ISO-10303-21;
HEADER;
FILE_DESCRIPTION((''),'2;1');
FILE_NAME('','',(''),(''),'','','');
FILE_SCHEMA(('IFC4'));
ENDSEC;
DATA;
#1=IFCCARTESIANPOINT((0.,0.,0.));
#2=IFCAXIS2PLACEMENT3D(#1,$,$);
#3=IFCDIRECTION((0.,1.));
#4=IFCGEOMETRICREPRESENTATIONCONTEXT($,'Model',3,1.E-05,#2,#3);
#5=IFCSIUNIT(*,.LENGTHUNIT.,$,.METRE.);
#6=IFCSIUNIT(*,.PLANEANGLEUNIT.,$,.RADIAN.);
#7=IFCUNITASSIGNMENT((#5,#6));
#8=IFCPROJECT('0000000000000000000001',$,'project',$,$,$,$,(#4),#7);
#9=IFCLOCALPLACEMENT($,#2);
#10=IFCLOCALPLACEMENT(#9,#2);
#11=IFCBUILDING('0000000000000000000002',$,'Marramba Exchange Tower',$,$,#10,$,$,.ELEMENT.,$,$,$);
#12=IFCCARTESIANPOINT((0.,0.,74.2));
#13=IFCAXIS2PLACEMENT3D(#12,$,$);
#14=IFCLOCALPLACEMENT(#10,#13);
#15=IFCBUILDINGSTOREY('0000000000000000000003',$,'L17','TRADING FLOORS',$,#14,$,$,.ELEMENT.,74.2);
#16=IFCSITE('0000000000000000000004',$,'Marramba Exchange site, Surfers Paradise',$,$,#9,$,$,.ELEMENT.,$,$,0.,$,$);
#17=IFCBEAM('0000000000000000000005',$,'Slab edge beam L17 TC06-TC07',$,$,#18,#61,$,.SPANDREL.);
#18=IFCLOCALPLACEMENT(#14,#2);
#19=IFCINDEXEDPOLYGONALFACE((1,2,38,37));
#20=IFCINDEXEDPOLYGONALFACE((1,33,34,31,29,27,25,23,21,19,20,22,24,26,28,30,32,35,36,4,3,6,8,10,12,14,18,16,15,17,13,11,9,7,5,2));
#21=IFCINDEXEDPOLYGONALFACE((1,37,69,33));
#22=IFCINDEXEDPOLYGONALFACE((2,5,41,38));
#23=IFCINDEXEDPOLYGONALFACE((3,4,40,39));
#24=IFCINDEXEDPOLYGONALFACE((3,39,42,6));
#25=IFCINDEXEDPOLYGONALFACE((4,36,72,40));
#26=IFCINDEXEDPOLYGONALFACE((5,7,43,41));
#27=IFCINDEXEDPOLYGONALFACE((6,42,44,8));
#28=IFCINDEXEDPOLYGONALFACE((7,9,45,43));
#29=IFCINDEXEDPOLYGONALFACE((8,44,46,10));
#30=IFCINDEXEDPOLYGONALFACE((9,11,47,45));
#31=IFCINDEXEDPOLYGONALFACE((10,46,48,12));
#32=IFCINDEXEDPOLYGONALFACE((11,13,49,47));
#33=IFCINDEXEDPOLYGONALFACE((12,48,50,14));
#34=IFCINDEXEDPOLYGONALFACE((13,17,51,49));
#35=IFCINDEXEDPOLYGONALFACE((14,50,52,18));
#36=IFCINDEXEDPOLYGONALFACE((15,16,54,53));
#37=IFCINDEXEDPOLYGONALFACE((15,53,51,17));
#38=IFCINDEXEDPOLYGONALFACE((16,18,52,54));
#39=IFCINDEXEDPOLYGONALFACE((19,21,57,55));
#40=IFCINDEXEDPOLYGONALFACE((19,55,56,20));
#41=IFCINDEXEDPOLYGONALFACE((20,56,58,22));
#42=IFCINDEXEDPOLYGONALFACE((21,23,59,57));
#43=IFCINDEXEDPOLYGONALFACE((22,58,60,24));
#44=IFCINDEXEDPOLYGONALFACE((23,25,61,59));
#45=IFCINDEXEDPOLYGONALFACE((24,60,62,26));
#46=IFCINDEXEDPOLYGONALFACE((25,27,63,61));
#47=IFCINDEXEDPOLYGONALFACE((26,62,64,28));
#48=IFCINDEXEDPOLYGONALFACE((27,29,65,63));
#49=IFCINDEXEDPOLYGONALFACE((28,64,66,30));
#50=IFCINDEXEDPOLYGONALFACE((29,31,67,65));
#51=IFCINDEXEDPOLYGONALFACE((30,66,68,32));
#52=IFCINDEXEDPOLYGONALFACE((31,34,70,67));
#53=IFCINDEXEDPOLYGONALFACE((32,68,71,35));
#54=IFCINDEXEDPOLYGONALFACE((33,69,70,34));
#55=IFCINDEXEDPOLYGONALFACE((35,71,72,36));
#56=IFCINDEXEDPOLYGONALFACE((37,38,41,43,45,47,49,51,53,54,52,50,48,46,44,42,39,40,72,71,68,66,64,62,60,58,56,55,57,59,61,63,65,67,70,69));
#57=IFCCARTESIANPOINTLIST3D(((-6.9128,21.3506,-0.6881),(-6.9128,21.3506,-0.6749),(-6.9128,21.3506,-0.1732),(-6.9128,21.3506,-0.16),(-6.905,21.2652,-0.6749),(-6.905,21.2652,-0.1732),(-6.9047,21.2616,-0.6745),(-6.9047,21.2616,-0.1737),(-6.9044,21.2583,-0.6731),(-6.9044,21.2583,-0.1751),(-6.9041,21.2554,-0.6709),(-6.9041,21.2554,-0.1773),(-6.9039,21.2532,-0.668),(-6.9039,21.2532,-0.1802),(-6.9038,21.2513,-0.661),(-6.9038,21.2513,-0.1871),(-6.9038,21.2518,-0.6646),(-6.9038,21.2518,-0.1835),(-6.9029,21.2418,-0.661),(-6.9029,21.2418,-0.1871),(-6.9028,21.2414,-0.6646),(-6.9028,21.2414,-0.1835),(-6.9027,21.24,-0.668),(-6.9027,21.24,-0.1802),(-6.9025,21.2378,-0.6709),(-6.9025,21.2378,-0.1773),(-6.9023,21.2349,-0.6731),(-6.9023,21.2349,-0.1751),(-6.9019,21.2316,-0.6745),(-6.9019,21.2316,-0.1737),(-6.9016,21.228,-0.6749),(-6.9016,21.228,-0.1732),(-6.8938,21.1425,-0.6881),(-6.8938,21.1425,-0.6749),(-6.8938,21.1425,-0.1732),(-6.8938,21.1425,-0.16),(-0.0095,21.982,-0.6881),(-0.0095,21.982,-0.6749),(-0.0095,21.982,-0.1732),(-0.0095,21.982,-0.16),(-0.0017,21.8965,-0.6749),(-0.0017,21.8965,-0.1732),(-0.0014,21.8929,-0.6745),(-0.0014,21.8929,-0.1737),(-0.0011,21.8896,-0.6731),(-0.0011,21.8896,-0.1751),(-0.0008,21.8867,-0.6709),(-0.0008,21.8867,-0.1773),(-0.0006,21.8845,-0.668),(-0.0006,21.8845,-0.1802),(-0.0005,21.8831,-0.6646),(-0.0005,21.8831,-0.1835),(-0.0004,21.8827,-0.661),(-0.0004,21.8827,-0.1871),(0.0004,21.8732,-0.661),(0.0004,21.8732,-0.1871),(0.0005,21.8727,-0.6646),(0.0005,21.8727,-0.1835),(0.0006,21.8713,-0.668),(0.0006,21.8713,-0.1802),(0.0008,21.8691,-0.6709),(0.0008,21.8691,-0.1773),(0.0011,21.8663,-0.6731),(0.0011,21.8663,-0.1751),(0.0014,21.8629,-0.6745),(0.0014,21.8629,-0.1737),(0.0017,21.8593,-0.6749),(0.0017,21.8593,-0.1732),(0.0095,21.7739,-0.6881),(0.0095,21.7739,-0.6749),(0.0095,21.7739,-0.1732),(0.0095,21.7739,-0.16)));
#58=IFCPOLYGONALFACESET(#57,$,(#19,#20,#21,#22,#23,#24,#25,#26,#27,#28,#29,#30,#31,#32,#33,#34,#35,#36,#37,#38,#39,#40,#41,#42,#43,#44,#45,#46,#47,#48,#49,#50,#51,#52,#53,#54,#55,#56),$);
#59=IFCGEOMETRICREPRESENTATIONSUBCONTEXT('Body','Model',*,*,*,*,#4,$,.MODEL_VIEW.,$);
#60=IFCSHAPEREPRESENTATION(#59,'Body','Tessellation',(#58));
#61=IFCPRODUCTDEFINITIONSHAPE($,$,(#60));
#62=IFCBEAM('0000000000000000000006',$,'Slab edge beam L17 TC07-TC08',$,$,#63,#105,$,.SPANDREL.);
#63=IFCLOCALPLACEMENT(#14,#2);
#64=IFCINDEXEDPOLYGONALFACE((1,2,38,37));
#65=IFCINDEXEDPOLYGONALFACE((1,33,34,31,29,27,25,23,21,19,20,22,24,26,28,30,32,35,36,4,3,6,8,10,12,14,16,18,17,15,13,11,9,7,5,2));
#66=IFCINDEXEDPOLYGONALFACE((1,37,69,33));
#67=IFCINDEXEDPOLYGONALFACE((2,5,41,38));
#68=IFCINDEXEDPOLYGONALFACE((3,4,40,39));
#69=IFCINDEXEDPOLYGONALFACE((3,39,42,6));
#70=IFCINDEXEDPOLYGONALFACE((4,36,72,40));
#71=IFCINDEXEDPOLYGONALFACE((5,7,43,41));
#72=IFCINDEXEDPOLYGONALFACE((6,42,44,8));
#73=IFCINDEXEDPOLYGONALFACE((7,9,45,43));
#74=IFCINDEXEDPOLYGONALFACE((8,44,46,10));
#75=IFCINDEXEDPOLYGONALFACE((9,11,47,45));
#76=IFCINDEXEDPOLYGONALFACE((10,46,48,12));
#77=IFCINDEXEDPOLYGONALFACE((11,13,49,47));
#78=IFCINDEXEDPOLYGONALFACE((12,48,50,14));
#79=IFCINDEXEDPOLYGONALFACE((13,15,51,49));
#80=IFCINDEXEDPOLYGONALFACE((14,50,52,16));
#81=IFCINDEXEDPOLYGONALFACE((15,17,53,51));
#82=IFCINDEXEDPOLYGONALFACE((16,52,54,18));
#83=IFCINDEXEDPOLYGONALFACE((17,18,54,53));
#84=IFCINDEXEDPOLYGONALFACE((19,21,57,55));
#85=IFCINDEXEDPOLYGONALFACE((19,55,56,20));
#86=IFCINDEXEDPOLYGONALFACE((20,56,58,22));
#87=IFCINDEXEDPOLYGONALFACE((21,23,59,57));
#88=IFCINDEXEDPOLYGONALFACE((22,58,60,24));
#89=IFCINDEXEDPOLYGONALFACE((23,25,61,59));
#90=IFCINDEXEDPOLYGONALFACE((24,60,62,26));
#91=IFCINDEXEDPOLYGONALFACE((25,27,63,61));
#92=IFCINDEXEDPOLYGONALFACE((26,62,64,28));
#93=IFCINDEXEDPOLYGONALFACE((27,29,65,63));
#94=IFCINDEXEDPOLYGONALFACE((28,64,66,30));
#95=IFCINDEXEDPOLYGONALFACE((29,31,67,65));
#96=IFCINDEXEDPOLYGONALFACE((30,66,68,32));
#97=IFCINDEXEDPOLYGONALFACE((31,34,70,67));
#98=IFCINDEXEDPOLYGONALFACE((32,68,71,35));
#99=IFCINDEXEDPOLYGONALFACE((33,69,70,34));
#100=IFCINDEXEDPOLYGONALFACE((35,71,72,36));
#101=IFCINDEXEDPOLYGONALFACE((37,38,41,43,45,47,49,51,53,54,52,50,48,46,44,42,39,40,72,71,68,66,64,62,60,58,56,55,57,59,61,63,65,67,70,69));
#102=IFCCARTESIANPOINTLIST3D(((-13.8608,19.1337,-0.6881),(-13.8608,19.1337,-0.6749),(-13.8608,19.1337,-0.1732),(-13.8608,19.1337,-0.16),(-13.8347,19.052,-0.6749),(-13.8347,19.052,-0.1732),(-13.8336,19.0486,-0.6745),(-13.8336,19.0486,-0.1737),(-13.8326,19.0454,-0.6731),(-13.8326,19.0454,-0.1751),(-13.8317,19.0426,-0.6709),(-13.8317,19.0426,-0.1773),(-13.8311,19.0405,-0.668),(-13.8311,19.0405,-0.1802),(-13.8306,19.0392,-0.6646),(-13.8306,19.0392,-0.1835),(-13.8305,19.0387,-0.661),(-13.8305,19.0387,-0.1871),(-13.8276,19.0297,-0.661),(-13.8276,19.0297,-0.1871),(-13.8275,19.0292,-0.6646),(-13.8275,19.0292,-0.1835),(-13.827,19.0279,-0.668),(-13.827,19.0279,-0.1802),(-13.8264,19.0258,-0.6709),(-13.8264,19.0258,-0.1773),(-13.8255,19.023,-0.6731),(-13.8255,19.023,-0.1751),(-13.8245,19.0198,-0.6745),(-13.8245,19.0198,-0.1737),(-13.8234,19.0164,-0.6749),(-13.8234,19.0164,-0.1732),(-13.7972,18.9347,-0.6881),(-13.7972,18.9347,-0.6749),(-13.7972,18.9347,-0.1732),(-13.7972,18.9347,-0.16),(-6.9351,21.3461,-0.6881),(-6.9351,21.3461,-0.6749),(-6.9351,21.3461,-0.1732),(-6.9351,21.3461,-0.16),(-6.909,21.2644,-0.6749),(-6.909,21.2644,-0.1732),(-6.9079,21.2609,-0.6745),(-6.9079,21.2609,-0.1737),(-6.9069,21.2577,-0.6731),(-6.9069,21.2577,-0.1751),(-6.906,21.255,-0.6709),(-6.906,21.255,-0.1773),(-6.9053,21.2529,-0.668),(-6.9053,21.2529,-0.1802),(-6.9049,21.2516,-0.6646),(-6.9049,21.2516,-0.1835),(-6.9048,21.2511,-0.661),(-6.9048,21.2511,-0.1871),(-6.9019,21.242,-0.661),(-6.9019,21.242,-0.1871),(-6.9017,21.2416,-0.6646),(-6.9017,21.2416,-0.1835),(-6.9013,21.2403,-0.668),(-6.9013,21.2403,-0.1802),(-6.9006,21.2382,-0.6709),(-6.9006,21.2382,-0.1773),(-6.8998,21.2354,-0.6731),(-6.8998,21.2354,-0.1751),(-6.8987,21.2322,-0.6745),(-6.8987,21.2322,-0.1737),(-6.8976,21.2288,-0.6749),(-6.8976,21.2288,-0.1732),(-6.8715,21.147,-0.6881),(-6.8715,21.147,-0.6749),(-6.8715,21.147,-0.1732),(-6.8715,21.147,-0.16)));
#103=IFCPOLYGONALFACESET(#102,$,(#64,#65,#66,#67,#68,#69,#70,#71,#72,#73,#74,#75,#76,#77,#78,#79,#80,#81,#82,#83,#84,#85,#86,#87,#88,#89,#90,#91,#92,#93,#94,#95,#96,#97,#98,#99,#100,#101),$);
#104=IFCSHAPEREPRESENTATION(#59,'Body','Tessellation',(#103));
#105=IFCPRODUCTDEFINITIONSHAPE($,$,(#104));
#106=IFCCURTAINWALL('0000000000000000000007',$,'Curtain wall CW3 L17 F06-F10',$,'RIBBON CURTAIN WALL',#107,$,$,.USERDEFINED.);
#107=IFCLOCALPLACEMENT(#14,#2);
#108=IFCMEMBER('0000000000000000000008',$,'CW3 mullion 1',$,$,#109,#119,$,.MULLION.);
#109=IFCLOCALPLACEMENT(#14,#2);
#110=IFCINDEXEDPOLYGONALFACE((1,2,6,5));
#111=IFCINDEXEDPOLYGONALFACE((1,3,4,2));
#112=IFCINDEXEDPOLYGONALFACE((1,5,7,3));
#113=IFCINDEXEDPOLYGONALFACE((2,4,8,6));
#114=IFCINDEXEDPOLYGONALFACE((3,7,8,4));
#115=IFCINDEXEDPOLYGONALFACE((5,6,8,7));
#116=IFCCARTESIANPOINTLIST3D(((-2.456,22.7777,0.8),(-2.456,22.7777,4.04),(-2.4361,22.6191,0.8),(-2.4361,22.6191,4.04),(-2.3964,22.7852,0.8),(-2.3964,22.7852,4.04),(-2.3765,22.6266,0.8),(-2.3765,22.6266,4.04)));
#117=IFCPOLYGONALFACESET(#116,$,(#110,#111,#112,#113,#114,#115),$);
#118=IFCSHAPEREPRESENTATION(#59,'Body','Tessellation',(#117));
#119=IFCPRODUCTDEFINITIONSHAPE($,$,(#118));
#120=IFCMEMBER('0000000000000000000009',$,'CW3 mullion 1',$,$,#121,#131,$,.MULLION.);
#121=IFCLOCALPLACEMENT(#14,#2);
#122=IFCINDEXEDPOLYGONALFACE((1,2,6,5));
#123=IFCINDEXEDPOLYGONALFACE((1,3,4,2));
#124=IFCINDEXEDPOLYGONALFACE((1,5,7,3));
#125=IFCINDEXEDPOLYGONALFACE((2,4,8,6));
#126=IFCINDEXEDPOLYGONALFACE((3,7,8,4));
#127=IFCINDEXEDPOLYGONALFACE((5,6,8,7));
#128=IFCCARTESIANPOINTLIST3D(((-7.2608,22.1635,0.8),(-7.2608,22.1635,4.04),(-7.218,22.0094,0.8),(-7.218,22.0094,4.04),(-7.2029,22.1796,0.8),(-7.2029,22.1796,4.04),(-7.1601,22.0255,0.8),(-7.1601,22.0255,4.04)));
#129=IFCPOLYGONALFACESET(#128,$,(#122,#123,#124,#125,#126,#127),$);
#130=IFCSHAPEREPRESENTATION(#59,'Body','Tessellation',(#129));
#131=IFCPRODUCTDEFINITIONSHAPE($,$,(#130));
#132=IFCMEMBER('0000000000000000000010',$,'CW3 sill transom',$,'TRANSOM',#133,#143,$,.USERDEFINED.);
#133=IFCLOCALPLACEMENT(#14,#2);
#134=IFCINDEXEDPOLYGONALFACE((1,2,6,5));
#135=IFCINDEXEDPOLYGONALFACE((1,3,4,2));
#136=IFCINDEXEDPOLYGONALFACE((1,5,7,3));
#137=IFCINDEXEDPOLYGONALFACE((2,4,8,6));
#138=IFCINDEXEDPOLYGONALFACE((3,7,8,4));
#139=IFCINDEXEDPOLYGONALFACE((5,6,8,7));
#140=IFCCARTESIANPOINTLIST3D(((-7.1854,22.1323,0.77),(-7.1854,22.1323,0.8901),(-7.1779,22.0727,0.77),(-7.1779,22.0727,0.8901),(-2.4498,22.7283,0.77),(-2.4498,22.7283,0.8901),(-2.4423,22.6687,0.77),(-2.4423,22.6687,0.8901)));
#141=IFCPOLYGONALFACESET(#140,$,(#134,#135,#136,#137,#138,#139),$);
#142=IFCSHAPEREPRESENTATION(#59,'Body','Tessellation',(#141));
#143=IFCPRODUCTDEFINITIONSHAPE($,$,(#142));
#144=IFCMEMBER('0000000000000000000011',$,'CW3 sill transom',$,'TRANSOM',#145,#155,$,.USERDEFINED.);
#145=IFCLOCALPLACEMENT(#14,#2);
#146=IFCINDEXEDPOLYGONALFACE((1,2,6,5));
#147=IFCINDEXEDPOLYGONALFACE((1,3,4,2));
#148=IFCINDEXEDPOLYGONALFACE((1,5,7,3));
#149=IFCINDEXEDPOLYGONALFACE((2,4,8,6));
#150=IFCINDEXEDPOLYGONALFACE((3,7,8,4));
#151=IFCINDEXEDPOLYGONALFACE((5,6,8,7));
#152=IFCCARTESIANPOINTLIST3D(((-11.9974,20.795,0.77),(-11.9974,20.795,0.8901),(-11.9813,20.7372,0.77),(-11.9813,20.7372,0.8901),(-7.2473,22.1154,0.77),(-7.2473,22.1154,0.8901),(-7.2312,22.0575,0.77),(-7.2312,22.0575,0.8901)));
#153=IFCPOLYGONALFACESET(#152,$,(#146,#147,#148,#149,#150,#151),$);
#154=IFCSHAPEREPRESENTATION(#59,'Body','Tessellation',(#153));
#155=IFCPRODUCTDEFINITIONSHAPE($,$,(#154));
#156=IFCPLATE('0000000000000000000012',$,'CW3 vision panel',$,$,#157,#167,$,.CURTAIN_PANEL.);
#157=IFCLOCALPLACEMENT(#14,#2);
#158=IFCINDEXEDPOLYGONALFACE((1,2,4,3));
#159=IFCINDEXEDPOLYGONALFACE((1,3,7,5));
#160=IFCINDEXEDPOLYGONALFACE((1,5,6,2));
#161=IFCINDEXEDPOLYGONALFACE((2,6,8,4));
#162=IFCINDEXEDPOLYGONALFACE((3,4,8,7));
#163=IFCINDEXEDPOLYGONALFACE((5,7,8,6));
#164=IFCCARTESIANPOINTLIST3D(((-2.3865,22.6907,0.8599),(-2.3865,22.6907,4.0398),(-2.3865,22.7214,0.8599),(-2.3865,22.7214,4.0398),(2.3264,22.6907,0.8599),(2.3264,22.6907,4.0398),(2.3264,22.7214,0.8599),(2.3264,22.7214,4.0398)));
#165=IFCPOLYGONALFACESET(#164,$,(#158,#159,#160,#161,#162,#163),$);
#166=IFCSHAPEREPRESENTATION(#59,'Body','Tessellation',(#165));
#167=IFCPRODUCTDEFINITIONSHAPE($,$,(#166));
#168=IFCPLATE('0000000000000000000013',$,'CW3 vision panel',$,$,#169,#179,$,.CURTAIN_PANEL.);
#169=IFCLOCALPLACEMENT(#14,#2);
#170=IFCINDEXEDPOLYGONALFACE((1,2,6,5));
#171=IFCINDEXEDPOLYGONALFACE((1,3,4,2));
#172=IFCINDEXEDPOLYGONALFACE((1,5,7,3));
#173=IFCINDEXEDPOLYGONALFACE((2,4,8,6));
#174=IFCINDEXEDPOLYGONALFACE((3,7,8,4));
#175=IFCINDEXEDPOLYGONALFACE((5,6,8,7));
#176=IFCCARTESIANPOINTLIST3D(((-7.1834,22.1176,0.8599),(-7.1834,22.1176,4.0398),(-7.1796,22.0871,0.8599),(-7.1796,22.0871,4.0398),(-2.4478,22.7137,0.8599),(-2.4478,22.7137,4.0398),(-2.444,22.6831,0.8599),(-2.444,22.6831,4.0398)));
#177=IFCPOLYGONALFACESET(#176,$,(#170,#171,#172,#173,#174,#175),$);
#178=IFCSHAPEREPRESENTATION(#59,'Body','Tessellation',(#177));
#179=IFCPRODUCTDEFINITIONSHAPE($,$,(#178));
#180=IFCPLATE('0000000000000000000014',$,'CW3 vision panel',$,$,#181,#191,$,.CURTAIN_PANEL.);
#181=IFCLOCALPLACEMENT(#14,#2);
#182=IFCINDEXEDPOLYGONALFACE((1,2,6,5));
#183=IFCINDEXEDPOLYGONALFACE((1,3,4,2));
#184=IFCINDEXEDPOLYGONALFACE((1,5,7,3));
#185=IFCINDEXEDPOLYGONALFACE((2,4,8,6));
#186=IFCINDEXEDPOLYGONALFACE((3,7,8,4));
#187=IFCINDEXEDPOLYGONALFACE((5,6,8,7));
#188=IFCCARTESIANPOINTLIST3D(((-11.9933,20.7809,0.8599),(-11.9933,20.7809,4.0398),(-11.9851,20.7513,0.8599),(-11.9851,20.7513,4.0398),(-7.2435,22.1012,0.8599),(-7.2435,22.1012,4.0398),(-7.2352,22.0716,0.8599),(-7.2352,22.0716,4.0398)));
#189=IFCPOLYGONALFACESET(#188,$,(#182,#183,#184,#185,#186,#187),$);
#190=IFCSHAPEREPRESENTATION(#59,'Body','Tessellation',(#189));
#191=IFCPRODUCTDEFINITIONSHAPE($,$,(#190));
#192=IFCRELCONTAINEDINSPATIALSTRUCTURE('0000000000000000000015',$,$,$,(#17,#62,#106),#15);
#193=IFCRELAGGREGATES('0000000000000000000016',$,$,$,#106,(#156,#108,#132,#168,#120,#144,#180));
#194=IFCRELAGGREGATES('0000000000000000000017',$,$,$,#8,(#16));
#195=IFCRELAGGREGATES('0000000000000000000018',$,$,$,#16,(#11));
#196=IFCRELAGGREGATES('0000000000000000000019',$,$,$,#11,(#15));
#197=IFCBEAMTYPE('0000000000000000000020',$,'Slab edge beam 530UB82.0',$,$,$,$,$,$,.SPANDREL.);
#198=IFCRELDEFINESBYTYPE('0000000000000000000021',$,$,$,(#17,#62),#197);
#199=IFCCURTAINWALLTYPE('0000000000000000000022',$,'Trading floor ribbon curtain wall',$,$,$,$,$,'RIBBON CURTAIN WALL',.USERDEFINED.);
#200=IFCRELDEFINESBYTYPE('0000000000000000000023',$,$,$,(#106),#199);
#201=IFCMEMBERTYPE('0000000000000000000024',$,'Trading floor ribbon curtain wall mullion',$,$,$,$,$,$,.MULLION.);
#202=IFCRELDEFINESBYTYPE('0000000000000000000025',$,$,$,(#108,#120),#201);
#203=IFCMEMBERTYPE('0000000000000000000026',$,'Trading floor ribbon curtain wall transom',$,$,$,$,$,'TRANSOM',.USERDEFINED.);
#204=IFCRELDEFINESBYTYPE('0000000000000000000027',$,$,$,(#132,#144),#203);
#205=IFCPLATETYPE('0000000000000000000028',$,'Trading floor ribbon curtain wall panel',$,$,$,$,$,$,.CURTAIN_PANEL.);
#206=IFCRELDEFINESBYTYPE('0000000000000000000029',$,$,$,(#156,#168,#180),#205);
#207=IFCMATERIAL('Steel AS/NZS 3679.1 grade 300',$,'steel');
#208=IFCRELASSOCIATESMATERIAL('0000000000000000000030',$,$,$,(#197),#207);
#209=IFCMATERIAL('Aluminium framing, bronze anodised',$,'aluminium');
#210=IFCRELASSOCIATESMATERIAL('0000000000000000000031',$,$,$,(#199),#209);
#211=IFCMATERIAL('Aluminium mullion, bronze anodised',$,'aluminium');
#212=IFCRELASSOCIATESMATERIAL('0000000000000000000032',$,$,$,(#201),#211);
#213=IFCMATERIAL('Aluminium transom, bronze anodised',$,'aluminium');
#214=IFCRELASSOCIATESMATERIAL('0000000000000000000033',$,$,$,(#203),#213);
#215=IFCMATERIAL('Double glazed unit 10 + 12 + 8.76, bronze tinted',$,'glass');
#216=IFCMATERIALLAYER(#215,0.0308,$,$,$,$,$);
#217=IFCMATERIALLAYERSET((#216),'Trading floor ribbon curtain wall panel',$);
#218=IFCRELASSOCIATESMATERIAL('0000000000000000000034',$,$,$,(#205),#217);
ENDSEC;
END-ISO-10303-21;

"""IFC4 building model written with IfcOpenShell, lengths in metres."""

from ifc_helpers import new_model, si_unit, direction, frame, origin, origin_2d, place, context, subcontext, project, spatial, rectangle, i_section, extrude, material, layer, layer_set, material_profile, profile_set, type_object, element, aggregate, save


model = new_model("IFC4")

# Units and contexts
model_context = context("Model", 3, precision=1e-05, world=origin(), true_north=direction((0.0, 1.0)))
body_context = subcontext(model_context, "Body", "Model", "MODEL_VIEW")
ifc_project = project(units=[si_unit("LENGTHUNIT", "METRE"), si_unit("PLANEANGLEUNIT", "RADIAN")], contexts=[model_context])

# Site, building, storey
site_placement = place(None, origin())
site = spatial("IfcSite", under=ifc_project, at=site_placement, Name="Marramba Exchange site, Surfers Paradise", CompositionType="ELEMENT", RefElevation=0.0)
building_placement = place(site_placement, origin())
building = spatial("IfcBuilding", under=site, at=building_placement, Name="Marramba Exchange Tower", CompositionType="ELEMENT")
storey_placement = place(building_placement, frame((0.0, 0.0, 74.2)))
storey = spatial("IfcBuildingStorey", under=building, at=storey_placement, Name="L17", Description="TRADING FLOORS", CompositionType="ELEMENT", Elevation=74.2)

# Beams
ifc_material_1 = material(Name="Steel AS/NZS 3679.1 grade 300", Category="steel")
ifc_material_profile_1 = material_profile(ifc_material_1, i_section(OverallWidth=0.209, OverallDepth=0.5281, WebThickness=0.0095, FlangeThickness=0.0132, FilletRadius=0.0139, at=origin_2d()), Name="530UB82.0")
ifc_profile_set_1 = profile_set([ifc_material_profile_1], Name="Steel AS/NZS 3679.1 grade 300")
beam_type_1 = type_object("IfcBeamType", Name="Slab edge beam 530UB82.0", PredefinedType="SPANDREL", material=ifc_profile_set_1)
beam_1_placement = place(storey_placement, frame((0.0, 21.8779, -0.4241), z_axis=(-0.995844, -0.091076, 0.0), x_axis=(0.091076, -0.995844, 0.0)))
element("IfcBeam", 1, at=beam_1_placement, inside=storey, type_object=beam_type_1, Name="Slab edge beam L17 TC06-TC07", PredefinedType="SPANDREL", context=body_context, shape_type="SweptSolid", body=[
    extrude(i_section(OverallWidth=0.209, OverallDepth=0.5281, WebThickness=0.0095, FlangeThickness=0.0132, FilletRadius=0.0139, at=origin_2d()), origin(), (0.0, 0.0, 1.0), 6.9321),
])
beam_2_placement = place(storey_placement, frame((-6.9033, 21.2466, -0.4241), z_axis=(-0.952578, -0.304296, 0.0), x_axis=(0.304296, -0.952578, 0.0)))
element("IfcBeam", 2, at=beam_2_placement, inside=storey, type_object=beam_type_1, Name="Slab edge beam L17 TC07-TC08", PredefinedType="SPANDREL", context=body_context, shape_type="SweptSolid", body=[
    extrude(i_section(OverallWidth=0.209, OverallDepth=0.5281, WebThickness=0.0095, FlangeThickness=0.0132, FilletRadius=0.0139, at=origin_2d()), origin(), (0.0, 0.0, 1.0), 7.2705),
])

# Curtain wall, members, plates
ifc_material_2 = material(Name="Aluminium framing, bronze anodised", Category="aluminium")
curtain_wall_type = type_object("IfcCurtainWallType", Name="Trading floor ribbon curtain wall", ElementType="RIBBON CURTAIN WALL", PredefinedType="USERDEFINED", material=ifc_material_2)
curtain_wall_placement = place(storey_placement, origin())
curtain_wall = element("IfcCurtainWall", 3, at=curtain_wall_placement, inside=storey, type_object=curtain_wall_type, Name="Curtain wall CW3 L17 F06-F10", ObjectType="RIBBON CURTAIN WALL", PredefinedType="USERDEFINED")
ifc_material_3 = material(Name="Aluminium mullion, bronze anodised", Category="aluminium")
ifc_material_profile_2 = material_profile(ifc_material_3, rectangle(XDim=0.1599, YDim=0.0601, at=origin_2d()), Name="CW3 mullion 60x160")
ifc_profile_set_2 = profile_set([ifc_material_profile_2], Name="Aluminium mullion, bronze anodised")
member_type_1 = type_object("IfcMemberType", Name="Trading floor ribbon curtain wall mullion", PredefinedType="MULLION", material=ifc_profile_set_2)
member_1_placement = place(storey_placement, frame((-2.4163, 22.7021, 0.8), z_axis=(0.0, 0.0, 1.0), x_axis=(0.124873, -0.992173, 0.0)))
member_1 = element("IfcMember", 4, at=member_1_placement, type_object=member_type_1, Name="CW3 mullion 1", PredefinedType="MULLION", context=body_context, shape_type="SweptSolid", body=[
    extrude(rectangle(XDim=0.1599, YDim=0.0601, at=origin_2d()), origin(), (0.0, 0.0, 1.0), 3.24),
])
member_2_placement = place(storey_placement, frame((-7.2104, 22.0945, 0.8), z_axis=(0.0, 0.0, 1.0), x_axis=(0.267809, -0.963472, 0.0)))
member_2 = element("IfcMember", 5, at=member_2_placement, type_object=member_type_1, Name="CW3 mullion 1", PredefinedType="MULLION", context=body_context, shape_type="SweptSolid", body=[
    extrude(rectangle(XDim=0.1599, YDim=0.0601, at=origin_2d()), origin(), (0.0, 0.0, 1.0), 3.24),
])
ifc_material_4 = material(Name="Aluminium transom, bronze anodised", Category="aluminium")
ifc_material_profile_3 = material_profile(ifc_material_4, rectangle(XDim=0.0601, YDim=0.1201, at=origin_2d()), Name="CW3 transom 60x120")
ifc_profile_set_3 = profile_set([ifc_material_profile_3], Name="Aluminium transom, bronze anodised")
member_type_2 = type_object("IfcMemberType", Name="Trading floor ribbon curtain wall transom", ElementType="TRANSOM", PredefinedType="USERDEFINED", material=ifc_profile_set_3)
member_3_placement = place(storey_placement, frame((-2.446, 22.6985, 0.8301), z_axis=(-0.992174, -0.124859, 0.0), x_axis=(0.124859, -0.992174, 0.0)))
member_3 = element("IfcMember", 6, at=member_3_placement, type_object=member_type_2, Name="CW3 sill transom", ObjectType="TRANSOM", PredefinedType="USERDEFINED", context=body_context, shape_type="SweptSolid", body=[
    extrude(rectangle(XDim=0.0601, YDim=0.1201, at=origin_2d()), origin(), (0.0, 0.0, 1.0), 4.7729),
])
member_4_placement = place(storey_placement, frame((-7.2393, 22.0864, 0.8301), z_axis=(-0.963472, -0.267807, 0.0), x_axis=(0.267807, -0.963472, 0.0)))
member_4 = element("IfcMember", 7, at=member_4_placement, type_object=member_type_2, Name="CW3 sill transom", ObjectType="TRANSOM", PredefinedType="USERDEFINED", context=body_context, shape_type="SweptSolid", body=[
    extrude(rectangle(XDim=0.0601, YDim=0.1201, at=origin_2d()), origin(), (0.0, 0.0, 1.0), 4.9302),
])
ifc_material_5 = material(Name="Double glazed unit 10 + 12 + 8.76, bronze tinted", Category="glass")
ifc_layer_1 = layer(ifc_material_5, 0.0308)
ifc_layer_set_1 = layer_set([ifc_layer_1], Name="Trading floor ribbon curtain wall panel")
plate_type = type_object("IfcPlateType", Name="Trading floor ribbon curtain wall panel", PredefinedType="CURTAIN_PANEL", material=ifc_layer_set_1)
plate_1_placement = place(storey_placement, frame((-0.03, 22.7061, 0.8599), z_axis=(0.0, 0.0, 1.0), x_axis=(-1.0, 0.0, 0.0)))
plate_1 = element("IfcPlate", 8, at=plate_1_placement, type_object=plate_type, Name="CW3 vision panel", PredefinedType="CURTAIN_PANEL", context=body_context, shape_type="SweptSolid", body=[
    extrude(rectangle(XDim=4.7129, YDim=0.0308, at=origin_2d()), origin(), (0.0, 0.0, 1.0), 3.1799),
])
plate_2_placement = place(storey_placement, frame((-4.8137, 22.4004, 0.8599), z_axis=(0.0, 0.0, 1.0), x_axis=(-0.992173, -0.124873, 0.0)))
plate_2 = element("IfcPlate", 9, at=plate_2_placement, type_object=plate_type, Name="CW3 vision panel", PredefinedType="CURTAIN_PANEL", context=body_context, shape_type="SweptSolid", body=[
    extrude(rectangle(XDim=4.7729, YDim=0.0308, at=origin_2d()), origin(), (0.0, 0.0, 1.0), 3.1799),
])
plate_3_placement = place(storey_placement, frame((-9.6143, 21.4263, 0.8599), z_axis=(0.0, 0.0, 1.0), x_axis=(-0.963472, -0.267809, 0.0)))
plate_3 = element("IfcPlate", 10, at=plate_3_placement, type_object=plate_type, Name="CW3 vision panel", PredefinedType="CURTAIN_PANEL", context=body_context, shape_type="SweptSolid", body=[
    extrude(rectangle(XDim=4.9299, YDim=0.0308, at=origin_2d()), origin(), (0.0, 0.0, 1.0), 3.1799),
])
aggregate(curtain_wall, [plate_1, member_1, member_3, plate_2, member_2, member_4, plate_3])

save(model, "model.ifc")
